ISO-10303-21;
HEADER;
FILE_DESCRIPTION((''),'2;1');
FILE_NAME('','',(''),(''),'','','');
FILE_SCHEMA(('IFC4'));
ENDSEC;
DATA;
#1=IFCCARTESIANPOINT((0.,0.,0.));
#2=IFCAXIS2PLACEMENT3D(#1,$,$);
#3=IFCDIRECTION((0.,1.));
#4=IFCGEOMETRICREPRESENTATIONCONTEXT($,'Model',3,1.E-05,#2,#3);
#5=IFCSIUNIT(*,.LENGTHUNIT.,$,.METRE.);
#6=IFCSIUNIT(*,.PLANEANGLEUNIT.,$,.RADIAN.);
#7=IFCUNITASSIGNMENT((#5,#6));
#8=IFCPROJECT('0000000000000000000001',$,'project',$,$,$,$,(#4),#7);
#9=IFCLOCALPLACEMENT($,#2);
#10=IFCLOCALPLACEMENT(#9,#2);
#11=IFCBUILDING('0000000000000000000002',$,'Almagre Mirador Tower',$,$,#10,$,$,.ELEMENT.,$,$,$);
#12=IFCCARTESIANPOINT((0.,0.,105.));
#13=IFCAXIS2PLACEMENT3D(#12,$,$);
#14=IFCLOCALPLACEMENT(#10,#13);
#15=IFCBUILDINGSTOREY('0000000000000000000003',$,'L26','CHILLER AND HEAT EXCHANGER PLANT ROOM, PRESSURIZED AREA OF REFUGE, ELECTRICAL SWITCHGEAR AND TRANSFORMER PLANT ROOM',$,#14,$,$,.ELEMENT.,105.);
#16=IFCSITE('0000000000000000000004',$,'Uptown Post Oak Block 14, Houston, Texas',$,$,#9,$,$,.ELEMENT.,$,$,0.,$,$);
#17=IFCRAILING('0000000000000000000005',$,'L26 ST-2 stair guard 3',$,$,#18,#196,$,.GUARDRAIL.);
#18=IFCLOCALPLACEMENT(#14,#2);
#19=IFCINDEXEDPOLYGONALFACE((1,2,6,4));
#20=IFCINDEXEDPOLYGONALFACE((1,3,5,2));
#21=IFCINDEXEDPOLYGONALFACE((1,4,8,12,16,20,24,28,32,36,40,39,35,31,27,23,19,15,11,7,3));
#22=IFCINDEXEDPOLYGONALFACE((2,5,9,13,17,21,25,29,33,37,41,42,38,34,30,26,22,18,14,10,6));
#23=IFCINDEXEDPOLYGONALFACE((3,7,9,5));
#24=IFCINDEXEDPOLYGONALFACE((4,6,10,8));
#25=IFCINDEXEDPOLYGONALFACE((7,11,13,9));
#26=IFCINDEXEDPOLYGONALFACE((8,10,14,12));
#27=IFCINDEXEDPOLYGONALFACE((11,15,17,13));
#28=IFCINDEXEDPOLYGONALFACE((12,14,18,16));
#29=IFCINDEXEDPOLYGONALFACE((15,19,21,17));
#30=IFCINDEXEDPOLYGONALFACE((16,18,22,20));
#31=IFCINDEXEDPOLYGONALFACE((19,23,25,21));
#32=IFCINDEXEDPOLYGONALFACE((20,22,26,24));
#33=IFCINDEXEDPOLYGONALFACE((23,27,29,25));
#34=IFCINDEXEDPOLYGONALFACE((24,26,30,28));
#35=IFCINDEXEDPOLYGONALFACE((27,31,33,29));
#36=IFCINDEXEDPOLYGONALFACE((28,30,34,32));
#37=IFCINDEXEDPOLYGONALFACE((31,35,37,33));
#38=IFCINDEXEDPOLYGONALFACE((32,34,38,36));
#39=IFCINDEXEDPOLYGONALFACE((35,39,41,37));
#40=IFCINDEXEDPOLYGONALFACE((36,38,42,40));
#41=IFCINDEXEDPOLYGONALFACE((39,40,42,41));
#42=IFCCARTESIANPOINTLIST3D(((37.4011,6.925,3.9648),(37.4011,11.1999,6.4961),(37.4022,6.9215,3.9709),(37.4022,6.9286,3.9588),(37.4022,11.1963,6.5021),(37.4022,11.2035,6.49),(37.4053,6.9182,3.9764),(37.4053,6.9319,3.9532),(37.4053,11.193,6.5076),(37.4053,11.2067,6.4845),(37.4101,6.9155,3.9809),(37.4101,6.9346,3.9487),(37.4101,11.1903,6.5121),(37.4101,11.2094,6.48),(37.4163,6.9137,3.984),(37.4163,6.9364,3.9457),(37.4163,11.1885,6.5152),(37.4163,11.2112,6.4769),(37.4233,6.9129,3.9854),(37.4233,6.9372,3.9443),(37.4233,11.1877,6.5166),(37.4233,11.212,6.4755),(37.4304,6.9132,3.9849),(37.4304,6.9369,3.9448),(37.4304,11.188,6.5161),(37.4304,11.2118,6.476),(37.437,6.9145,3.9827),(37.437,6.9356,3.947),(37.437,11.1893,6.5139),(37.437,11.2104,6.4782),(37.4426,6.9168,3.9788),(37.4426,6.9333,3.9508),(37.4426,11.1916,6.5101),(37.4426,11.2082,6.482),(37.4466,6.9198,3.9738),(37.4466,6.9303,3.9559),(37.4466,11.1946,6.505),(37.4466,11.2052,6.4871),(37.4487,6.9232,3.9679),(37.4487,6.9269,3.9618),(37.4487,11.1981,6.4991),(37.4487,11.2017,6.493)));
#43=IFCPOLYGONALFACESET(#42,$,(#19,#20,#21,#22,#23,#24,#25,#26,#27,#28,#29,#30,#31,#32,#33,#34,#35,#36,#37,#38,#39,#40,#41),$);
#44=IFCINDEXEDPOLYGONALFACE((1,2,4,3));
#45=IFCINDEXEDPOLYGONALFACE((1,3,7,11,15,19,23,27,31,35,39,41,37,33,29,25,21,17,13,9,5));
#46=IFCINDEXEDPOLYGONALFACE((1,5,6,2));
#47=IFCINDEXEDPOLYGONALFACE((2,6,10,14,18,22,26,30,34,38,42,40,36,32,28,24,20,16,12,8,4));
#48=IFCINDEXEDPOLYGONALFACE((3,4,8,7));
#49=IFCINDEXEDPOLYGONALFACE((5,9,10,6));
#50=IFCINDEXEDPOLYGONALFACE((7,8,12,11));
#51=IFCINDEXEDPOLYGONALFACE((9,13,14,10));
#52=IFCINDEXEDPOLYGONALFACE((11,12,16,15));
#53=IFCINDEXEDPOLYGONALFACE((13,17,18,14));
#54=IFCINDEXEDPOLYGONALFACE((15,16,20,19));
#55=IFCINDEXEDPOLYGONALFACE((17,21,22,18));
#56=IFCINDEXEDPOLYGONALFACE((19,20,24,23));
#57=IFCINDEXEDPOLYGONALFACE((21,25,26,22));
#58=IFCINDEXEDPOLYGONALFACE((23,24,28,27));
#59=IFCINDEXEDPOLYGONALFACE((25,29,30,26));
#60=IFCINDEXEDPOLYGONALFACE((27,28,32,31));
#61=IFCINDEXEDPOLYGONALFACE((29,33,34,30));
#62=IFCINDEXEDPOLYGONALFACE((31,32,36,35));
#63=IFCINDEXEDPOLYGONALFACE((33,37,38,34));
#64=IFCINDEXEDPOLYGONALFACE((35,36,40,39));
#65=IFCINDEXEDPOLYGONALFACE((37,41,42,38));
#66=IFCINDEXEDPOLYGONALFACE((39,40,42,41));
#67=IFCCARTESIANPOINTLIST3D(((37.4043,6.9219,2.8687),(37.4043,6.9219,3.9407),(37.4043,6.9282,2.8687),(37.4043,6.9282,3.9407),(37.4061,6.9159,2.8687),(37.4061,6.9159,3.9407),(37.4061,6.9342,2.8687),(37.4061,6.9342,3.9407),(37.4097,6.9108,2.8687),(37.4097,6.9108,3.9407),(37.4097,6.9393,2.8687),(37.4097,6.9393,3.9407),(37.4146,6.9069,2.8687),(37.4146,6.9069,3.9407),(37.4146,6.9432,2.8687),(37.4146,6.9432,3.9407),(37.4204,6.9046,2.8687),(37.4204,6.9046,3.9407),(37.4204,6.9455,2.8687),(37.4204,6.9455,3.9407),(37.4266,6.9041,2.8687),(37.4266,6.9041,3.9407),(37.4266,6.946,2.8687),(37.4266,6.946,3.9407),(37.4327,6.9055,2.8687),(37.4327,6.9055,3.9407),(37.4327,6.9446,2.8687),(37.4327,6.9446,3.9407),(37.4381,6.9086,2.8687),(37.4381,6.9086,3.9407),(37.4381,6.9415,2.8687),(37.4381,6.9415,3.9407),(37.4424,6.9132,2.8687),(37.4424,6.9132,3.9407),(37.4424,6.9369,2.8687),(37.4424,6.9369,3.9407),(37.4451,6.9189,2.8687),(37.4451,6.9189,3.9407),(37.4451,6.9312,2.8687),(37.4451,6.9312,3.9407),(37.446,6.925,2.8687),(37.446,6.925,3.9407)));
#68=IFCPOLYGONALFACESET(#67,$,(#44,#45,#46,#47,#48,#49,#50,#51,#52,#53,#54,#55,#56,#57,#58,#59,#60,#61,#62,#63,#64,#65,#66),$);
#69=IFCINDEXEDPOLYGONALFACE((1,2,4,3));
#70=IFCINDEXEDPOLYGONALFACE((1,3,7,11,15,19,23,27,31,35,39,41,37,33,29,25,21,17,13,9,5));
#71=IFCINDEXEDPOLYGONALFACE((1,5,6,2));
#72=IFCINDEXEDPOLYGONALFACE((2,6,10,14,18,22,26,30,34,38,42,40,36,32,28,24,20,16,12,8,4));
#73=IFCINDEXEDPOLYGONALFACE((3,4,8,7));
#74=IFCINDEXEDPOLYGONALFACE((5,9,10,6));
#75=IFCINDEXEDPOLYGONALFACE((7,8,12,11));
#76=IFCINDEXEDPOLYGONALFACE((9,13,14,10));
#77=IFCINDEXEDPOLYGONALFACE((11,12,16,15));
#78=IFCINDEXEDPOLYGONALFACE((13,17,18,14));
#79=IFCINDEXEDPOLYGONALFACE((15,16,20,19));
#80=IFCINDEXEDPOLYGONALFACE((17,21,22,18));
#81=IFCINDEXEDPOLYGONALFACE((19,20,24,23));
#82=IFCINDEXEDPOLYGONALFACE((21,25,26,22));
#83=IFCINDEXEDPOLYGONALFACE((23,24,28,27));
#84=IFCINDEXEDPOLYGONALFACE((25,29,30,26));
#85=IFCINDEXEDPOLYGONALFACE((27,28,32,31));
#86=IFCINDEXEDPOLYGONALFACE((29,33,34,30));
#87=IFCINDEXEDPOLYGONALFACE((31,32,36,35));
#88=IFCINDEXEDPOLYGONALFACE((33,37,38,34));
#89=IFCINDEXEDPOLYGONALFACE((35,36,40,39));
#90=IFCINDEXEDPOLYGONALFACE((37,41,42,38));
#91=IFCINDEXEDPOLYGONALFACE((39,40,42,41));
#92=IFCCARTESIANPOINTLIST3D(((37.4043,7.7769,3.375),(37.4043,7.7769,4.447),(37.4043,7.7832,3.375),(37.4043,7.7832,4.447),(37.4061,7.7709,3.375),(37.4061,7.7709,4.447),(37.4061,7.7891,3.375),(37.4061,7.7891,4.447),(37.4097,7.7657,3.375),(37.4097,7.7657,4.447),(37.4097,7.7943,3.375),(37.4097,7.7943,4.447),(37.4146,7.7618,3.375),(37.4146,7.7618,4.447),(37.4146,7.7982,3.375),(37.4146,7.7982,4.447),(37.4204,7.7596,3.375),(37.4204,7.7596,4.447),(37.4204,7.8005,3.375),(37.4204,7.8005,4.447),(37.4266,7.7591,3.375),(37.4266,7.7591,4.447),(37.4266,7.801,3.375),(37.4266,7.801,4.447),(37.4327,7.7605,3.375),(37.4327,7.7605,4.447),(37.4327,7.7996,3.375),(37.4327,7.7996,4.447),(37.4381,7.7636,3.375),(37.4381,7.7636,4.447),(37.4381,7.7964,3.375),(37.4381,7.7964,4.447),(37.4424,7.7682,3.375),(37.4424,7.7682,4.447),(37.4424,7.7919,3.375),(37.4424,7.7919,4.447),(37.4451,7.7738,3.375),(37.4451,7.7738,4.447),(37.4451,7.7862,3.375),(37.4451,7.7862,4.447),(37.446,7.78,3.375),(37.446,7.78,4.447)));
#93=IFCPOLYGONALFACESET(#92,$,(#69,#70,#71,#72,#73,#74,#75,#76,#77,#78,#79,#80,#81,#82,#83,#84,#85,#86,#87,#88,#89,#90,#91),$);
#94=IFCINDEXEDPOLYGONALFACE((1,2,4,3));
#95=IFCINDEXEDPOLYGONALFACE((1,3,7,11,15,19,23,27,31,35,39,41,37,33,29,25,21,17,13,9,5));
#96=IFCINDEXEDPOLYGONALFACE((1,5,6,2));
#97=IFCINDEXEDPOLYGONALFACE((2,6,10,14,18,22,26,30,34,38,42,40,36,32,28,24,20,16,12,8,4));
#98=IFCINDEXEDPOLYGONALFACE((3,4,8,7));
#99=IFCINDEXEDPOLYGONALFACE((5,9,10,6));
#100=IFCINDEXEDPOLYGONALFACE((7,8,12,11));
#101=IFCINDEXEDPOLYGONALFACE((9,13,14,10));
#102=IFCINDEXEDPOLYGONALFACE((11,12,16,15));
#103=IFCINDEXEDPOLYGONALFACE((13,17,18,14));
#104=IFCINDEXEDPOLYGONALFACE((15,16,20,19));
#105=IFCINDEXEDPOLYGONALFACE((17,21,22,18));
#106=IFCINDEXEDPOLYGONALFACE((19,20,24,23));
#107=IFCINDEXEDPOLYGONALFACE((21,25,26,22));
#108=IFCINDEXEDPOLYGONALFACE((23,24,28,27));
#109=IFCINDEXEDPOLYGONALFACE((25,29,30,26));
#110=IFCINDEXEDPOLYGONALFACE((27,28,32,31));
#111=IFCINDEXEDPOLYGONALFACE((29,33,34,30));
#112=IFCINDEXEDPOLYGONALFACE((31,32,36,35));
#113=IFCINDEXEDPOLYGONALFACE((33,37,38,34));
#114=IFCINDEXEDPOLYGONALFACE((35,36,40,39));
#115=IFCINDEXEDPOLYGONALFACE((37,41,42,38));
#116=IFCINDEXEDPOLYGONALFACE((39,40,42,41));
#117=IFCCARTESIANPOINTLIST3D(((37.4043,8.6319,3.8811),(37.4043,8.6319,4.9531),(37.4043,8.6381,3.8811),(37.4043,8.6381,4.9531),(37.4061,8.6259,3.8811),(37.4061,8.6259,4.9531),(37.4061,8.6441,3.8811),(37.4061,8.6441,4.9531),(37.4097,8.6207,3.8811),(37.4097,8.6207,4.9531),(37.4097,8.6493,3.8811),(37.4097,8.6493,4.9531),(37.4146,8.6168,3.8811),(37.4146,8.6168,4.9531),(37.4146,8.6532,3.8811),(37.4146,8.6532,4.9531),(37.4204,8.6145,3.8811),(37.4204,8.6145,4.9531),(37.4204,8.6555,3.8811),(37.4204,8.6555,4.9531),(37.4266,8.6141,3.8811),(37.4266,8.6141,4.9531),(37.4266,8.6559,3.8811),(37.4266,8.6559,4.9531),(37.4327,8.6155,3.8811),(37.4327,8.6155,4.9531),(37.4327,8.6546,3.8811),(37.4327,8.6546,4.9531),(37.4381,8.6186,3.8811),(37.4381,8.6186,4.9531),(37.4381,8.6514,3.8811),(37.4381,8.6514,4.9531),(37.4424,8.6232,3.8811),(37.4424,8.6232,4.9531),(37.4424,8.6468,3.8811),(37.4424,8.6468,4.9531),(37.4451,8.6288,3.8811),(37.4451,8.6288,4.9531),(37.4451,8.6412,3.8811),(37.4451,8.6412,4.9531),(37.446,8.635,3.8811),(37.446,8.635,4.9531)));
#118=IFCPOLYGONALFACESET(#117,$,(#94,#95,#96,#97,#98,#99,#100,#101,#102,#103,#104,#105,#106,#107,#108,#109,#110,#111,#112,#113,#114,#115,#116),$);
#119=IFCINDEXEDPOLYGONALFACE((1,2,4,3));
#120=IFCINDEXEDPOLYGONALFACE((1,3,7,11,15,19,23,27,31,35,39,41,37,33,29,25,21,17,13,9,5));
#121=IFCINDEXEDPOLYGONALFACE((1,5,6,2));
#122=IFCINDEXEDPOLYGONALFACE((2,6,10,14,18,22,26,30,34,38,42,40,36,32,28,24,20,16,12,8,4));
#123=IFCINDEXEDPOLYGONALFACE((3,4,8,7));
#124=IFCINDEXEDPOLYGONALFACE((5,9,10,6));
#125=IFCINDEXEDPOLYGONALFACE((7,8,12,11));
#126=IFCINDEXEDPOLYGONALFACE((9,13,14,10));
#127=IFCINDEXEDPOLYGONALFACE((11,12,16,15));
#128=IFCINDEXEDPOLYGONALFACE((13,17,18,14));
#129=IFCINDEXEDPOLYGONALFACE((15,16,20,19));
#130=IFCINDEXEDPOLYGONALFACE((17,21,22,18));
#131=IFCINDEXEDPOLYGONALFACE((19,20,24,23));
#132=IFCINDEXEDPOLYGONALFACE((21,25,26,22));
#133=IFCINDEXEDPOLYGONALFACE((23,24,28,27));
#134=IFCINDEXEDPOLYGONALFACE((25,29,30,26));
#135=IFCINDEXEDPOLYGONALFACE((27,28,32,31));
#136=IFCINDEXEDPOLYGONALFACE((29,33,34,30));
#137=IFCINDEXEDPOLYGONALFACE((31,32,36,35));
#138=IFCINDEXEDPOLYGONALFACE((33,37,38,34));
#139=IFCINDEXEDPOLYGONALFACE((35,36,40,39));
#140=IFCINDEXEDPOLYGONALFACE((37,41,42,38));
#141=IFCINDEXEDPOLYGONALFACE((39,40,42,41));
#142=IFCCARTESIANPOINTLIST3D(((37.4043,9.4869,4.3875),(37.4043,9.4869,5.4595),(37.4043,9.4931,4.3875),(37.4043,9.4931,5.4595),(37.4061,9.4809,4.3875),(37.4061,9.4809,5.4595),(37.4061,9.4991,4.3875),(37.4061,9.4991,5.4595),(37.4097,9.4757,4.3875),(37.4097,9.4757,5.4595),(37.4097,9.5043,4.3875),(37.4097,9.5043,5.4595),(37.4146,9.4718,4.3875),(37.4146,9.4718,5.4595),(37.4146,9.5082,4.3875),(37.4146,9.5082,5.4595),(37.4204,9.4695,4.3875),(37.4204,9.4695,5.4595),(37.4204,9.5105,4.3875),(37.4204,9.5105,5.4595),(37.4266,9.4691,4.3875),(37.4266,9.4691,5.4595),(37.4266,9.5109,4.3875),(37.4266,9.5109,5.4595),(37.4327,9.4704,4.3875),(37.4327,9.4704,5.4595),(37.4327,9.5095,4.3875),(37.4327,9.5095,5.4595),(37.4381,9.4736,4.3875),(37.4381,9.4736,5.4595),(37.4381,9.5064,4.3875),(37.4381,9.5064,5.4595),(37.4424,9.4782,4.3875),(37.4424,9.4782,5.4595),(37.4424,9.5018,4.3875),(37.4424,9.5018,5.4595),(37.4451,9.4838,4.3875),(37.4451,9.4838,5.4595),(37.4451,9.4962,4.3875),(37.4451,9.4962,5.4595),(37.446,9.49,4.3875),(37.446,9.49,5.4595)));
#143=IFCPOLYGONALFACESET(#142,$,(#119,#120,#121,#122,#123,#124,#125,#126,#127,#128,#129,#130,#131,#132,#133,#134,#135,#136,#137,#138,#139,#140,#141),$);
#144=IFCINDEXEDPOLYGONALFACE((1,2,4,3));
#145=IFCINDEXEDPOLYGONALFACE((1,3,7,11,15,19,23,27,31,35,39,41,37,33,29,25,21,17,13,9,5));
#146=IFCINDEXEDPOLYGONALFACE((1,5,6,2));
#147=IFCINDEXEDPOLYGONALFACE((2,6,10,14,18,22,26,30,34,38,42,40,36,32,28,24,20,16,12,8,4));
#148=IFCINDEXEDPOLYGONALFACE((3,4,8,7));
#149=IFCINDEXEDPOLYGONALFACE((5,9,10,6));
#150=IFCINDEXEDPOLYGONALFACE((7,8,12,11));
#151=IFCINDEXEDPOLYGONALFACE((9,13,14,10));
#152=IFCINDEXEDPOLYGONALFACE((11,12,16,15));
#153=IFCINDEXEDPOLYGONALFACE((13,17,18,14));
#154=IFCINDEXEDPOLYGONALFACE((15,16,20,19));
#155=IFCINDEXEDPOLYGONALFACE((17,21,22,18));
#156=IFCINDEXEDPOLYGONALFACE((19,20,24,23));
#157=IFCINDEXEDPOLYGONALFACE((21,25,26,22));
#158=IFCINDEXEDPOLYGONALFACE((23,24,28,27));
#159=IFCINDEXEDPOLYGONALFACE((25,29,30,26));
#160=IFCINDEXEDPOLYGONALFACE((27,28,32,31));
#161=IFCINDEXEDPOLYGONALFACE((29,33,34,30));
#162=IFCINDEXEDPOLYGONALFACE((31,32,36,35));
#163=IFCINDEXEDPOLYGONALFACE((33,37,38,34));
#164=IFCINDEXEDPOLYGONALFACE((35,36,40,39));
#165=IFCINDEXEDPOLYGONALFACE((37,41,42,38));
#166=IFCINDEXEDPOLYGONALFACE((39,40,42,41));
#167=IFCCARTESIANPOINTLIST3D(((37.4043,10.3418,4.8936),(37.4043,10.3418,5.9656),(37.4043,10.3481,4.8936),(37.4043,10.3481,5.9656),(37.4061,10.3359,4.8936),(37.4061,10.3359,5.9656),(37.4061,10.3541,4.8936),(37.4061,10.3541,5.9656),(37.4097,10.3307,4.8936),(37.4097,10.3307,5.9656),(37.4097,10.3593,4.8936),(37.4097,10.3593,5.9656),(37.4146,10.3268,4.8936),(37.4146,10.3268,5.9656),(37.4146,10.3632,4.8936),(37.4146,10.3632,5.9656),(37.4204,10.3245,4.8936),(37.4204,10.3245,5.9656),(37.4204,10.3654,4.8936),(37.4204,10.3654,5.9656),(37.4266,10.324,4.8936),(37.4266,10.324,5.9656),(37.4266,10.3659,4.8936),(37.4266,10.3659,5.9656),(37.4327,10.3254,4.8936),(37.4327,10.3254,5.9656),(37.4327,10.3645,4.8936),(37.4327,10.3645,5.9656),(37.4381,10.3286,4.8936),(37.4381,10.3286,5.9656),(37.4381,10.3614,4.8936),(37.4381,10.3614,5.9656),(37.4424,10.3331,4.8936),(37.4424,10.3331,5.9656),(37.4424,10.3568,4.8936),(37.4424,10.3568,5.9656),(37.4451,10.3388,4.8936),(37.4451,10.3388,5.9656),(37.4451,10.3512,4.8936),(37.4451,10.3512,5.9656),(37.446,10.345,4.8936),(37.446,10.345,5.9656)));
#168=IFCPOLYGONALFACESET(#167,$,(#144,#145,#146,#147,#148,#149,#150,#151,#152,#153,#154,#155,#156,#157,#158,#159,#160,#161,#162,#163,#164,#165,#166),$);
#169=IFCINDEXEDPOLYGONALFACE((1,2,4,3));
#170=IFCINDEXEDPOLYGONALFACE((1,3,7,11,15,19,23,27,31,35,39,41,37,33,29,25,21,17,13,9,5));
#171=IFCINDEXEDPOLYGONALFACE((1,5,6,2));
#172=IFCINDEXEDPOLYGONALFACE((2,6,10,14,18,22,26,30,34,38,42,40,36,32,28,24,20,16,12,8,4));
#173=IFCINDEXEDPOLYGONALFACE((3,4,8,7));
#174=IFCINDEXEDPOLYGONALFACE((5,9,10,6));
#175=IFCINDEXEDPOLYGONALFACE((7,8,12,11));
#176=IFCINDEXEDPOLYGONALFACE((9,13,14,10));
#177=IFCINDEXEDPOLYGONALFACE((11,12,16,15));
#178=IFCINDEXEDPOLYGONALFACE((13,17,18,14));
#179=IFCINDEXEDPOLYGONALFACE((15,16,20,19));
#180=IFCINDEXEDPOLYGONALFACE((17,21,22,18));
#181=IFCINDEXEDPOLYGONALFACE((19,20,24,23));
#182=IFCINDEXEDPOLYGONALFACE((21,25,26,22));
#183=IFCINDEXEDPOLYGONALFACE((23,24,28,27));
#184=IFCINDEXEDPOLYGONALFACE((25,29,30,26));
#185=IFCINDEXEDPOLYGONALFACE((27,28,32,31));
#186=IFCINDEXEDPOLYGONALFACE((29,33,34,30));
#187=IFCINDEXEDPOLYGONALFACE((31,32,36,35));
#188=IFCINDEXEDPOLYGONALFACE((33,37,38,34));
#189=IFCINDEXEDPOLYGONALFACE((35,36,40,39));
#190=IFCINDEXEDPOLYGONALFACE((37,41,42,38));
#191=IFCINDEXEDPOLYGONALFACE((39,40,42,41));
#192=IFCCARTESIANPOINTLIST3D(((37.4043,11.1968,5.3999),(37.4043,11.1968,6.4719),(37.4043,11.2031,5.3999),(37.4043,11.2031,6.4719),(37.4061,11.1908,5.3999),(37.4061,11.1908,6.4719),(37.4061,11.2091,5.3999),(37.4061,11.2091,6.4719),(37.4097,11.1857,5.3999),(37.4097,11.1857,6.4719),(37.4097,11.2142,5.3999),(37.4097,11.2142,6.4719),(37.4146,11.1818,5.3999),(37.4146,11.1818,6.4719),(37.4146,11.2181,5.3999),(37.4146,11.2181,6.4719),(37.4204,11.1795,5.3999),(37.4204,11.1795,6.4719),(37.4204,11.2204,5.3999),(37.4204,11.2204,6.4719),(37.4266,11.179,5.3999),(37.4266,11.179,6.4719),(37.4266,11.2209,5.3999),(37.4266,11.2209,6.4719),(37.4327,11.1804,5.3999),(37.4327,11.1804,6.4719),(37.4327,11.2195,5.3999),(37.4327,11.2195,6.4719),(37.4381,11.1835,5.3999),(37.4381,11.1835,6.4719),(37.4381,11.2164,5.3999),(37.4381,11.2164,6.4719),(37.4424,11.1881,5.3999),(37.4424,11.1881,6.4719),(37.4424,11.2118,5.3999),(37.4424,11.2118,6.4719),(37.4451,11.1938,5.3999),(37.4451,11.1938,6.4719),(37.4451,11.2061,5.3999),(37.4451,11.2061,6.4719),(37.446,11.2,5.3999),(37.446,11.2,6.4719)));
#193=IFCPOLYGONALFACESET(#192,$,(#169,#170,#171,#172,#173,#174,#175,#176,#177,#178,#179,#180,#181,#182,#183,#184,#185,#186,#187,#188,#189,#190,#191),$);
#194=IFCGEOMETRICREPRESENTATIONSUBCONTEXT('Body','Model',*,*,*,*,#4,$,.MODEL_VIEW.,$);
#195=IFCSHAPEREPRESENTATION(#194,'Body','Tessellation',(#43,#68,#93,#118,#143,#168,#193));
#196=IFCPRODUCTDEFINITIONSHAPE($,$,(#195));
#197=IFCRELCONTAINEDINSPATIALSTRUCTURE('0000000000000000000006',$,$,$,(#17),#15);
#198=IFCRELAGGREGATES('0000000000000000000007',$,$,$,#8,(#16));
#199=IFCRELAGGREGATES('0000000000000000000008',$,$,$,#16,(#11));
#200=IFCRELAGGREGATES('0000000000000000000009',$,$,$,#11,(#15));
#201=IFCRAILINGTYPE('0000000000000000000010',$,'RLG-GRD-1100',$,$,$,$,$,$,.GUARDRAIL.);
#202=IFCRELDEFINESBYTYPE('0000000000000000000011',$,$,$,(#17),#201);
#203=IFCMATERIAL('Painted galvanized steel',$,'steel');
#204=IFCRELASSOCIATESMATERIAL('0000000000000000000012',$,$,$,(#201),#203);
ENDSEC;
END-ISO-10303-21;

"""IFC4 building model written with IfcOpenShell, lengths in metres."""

from ifc_helpers import new_model, si_unit, direction, frame, origin, origin_2d, place, context, subcontext, project, spatial, circle, extrude, material, type_object, element, save


model = new_model("IFC4")

# Units and contexts
model_context = context("Model", 3, precision=1e-05, world=origin(), true_north=direction((0.0, 1.0)))
body_context = subcontext(model_context, "Body", "Model", "MODEL_VIEW")
ifc_project = project(units=[si_unit("LENGTHUNIT", "METRE"), si_unit("PLANEANGLEUNIT", "RADIAN")], contexts=[model_context])

# Site, building, storey
site_placement = place(None, origin())
site = spatial("IfcSite", under=ifc_project, at=site_placement, Name="Uptown Post Oak Block 14, Houston, Texas", CompositionType="ELEMENT", RefElevation=0.0)
building_placement = place(site_placement, origin())
building = spatial("IfcBuilding", under=site, at=building_placement, Name="Almagre Mirador Tower", CompositionType="ELEMENT")
storey_placement = place(building_placement, frame((0.0, 0.0, 105.0)))
storey = spatial("IfcBuildingStorey", under=building, at=storey_placement, Name="L26", Description="CHILLER AND HEAT EXCHANGER PLANT ROOM, PRESSURIZED AREA OF REFUGE, ELECTRICAL SWITCHGEAR AND TRANSFORMER PLANT ROOM", CompositionType="ELEMENT", Elevation=105.0)

# Railing
ifc_material_1 = material(Name="Painted galvanized steel", Category="steel")
railing_type_1 = type_object("IfcRailingType", Name="RLG-GRD-1100", PredefinedType="GUARDRAIL", material=ifc_material_1)
railing_1_placement = place(storey_placement, frame((37.425, 6.925, 2.8687)))
element("IfcRailing", 1, at=railing_1_placement, inside=storey, type_object=railing_type_1, Name="L26 ST-2 stair guard 3", PredefinedType="GUARDRAIL", context=body_context, shape_type="SweptSolid", body=[
    extrude(circle(Radius=0.0239, at=origin_2d()), frame((0.0, 0.0, 1.0962), z_axis=(0.0, 0.86047, 0.509501), x_axis=(-1.0, 0.0, 0.0)), (0.0, 0.0, 1.0), 4.968),
    extrude(circle(Radius=0.021, at=origin_2d()), origin(), (0.0, 0.0, 1.0), 1.072),
    extrude(circle(Radius=0.021, at=origin_2d()), frame((0.0, 0.855, 0.5063)), (0.0, 0.0, 1.0), 1.072),
    extrude(circle(Radius=0.021, at=origin_2d()), frame((0.0, 1.71, 1.0125)), (0.0, 0.0, 1.0), 1.072),
    extrude(circle(Radius=0.021, at=origin_2d()), frame((0.0, 2.5649, 1.5188)), (0.0, 0.0, 1.0), 1.072),
    extrude(circle(Radius=0.021, at=origin_2d()), frame((0.0, 3.4199, 2.0249)), (0.0, 0.0, 1.0), 1.072),
    extrude(circle(Radius=0.021, at=origin_2d()), frame((0.0, 4.2749, 2.5312)), (0.0, 0.0, 1.0), 1.072),
])

save(model, "model.ifc")
